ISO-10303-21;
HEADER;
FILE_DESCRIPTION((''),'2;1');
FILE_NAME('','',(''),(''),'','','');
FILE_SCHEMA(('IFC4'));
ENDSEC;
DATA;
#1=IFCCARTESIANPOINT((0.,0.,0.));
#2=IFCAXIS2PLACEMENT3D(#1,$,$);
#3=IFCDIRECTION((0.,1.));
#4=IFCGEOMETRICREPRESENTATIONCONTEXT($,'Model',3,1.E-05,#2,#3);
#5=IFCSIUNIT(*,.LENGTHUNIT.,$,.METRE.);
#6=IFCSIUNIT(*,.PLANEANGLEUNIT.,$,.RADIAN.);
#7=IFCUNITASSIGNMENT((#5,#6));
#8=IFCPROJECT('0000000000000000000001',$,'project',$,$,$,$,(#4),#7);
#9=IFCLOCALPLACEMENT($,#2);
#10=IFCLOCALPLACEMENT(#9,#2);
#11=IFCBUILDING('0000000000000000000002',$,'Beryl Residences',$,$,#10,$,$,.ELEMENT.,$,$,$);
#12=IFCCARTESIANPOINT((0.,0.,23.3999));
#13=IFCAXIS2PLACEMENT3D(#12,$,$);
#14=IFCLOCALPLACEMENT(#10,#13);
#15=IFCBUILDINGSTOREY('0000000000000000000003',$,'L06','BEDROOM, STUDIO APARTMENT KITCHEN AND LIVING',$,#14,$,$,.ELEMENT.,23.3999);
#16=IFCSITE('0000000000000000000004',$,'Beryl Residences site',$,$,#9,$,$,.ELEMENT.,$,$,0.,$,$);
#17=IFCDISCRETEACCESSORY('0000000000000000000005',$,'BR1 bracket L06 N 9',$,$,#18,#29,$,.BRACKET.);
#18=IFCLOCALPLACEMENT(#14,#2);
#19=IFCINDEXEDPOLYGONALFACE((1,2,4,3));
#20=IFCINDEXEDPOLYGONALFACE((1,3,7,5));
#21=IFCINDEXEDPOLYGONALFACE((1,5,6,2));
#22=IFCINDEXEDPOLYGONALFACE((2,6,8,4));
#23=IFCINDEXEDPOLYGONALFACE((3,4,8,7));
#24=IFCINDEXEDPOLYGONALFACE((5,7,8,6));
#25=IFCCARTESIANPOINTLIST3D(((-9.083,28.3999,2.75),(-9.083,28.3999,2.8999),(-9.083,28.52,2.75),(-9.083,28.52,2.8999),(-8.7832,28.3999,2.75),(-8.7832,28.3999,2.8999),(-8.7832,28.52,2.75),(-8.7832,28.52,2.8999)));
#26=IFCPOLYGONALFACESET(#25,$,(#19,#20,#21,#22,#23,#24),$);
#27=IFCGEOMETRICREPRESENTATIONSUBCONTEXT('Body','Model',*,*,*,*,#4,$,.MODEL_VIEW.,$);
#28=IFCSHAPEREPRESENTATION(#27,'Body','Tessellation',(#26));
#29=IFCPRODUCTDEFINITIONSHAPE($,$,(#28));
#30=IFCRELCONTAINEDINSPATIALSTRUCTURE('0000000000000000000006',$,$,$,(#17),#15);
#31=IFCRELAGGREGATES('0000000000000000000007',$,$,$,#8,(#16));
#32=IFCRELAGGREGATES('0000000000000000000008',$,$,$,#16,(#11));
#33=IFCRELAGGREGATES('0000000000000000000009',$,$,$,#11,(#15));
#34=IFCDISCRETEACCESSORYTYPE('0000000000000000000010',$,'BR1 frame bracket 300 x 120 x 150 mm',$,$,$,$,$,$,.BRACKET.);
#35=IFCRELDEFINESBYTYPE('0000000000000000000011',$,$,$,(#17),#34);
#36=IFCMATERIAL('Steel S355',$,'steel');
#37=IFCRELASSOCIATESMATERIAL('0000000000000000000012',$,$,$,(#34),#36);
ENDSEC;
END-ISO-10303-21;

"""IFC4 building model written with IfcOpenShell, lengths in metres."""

from ifc_helpers import new_model, si_unit, direction, frame, origin, place, context, subcontext, project, spatial, polyline, outline, extrude, source, transform, mapped, material, type_object, type_shapes, element, save


model = new_model("IFC4")

# Units and contexts
model_context = context("Model", 3, precision=1e-05, world=origin(), true_north=direction((0.0, 1.0)))
body_context = subcontext(model_context, "Body", "Model", "MODEL_VIEW")
ifc_project = project(units=[si_unit("LENGTHUNIT", "METRE"), si_unit("PLANEANGLEUNIT", "RADIAN")], contexts=[model_context])

# Site, building, storey
site_placement = place(None, origin())
site = spatial("IfcSite", under=ifc_project, at=site_placement, Name="Beryl Residences site", CompositionType="ELEMENT", RefElevation=0.0)
building_placement = place(site_placement, origin())
building = spatial("IfcBuilding", under=site, at=building_placement, Name="Beryl Residences", CompositionType="ELEMENT")
storey_placement = place(building_placement, frame((0.0, 0.0, 23.3999)))
storey = spatial("IfcBuildingStorey", under=building, at=storey_placement, Name="L06", Description="BEDROOM, STUDIO APARTMENT KITCHEN AND LIVING", CompositionType="ELEMENT", Elevation=23.3999)

# Discrete accessory
ifc_material_1 = material(Name="Steel S355", Category="steel")
discrete_accessory_type = type_object("IfcDiscreteAccessoryType", Name="BR1 frame bracket 300 x 120 x 150 mm", PredefinedType="BRACKET", material=ifc_material_1)
shared_shape_1 = source(origin(), body_context, "Body", "SweptSolid", [
    extrude(outline(polyline([(-0.1499, 0.0), (0.1499, 0.0), (0.1499, 0.1201), (-0.1499, 0.1201), (-0.1499, 0.0)])), origin(), (0.0, 0.0, 1.0), 0.1499),
])
type_shapes(discrete_accessory_type, [shared_shape_1])
discrete_accessory_placement = place(storey_placement, frame((-8.9331, 28.3999, 2.75), z_axis=(0.0, 0.0, 1.0), x_axis=(1.0, 0.0, 0.0)))
element("IfcDiscreteAccessory", 1, at=discrete_accessory_placement, inside=storey, type_object=discrete_accessory_type, Name="BR1 bracket L06 N 9", PredefinedType="BRACKET", context=body_context, shape_type="MappedRepresentation", body=[
    mapped(shared_shape_1, transform((0.0, 0.0, 0.0))),
])

save(model, "model.ifc")
